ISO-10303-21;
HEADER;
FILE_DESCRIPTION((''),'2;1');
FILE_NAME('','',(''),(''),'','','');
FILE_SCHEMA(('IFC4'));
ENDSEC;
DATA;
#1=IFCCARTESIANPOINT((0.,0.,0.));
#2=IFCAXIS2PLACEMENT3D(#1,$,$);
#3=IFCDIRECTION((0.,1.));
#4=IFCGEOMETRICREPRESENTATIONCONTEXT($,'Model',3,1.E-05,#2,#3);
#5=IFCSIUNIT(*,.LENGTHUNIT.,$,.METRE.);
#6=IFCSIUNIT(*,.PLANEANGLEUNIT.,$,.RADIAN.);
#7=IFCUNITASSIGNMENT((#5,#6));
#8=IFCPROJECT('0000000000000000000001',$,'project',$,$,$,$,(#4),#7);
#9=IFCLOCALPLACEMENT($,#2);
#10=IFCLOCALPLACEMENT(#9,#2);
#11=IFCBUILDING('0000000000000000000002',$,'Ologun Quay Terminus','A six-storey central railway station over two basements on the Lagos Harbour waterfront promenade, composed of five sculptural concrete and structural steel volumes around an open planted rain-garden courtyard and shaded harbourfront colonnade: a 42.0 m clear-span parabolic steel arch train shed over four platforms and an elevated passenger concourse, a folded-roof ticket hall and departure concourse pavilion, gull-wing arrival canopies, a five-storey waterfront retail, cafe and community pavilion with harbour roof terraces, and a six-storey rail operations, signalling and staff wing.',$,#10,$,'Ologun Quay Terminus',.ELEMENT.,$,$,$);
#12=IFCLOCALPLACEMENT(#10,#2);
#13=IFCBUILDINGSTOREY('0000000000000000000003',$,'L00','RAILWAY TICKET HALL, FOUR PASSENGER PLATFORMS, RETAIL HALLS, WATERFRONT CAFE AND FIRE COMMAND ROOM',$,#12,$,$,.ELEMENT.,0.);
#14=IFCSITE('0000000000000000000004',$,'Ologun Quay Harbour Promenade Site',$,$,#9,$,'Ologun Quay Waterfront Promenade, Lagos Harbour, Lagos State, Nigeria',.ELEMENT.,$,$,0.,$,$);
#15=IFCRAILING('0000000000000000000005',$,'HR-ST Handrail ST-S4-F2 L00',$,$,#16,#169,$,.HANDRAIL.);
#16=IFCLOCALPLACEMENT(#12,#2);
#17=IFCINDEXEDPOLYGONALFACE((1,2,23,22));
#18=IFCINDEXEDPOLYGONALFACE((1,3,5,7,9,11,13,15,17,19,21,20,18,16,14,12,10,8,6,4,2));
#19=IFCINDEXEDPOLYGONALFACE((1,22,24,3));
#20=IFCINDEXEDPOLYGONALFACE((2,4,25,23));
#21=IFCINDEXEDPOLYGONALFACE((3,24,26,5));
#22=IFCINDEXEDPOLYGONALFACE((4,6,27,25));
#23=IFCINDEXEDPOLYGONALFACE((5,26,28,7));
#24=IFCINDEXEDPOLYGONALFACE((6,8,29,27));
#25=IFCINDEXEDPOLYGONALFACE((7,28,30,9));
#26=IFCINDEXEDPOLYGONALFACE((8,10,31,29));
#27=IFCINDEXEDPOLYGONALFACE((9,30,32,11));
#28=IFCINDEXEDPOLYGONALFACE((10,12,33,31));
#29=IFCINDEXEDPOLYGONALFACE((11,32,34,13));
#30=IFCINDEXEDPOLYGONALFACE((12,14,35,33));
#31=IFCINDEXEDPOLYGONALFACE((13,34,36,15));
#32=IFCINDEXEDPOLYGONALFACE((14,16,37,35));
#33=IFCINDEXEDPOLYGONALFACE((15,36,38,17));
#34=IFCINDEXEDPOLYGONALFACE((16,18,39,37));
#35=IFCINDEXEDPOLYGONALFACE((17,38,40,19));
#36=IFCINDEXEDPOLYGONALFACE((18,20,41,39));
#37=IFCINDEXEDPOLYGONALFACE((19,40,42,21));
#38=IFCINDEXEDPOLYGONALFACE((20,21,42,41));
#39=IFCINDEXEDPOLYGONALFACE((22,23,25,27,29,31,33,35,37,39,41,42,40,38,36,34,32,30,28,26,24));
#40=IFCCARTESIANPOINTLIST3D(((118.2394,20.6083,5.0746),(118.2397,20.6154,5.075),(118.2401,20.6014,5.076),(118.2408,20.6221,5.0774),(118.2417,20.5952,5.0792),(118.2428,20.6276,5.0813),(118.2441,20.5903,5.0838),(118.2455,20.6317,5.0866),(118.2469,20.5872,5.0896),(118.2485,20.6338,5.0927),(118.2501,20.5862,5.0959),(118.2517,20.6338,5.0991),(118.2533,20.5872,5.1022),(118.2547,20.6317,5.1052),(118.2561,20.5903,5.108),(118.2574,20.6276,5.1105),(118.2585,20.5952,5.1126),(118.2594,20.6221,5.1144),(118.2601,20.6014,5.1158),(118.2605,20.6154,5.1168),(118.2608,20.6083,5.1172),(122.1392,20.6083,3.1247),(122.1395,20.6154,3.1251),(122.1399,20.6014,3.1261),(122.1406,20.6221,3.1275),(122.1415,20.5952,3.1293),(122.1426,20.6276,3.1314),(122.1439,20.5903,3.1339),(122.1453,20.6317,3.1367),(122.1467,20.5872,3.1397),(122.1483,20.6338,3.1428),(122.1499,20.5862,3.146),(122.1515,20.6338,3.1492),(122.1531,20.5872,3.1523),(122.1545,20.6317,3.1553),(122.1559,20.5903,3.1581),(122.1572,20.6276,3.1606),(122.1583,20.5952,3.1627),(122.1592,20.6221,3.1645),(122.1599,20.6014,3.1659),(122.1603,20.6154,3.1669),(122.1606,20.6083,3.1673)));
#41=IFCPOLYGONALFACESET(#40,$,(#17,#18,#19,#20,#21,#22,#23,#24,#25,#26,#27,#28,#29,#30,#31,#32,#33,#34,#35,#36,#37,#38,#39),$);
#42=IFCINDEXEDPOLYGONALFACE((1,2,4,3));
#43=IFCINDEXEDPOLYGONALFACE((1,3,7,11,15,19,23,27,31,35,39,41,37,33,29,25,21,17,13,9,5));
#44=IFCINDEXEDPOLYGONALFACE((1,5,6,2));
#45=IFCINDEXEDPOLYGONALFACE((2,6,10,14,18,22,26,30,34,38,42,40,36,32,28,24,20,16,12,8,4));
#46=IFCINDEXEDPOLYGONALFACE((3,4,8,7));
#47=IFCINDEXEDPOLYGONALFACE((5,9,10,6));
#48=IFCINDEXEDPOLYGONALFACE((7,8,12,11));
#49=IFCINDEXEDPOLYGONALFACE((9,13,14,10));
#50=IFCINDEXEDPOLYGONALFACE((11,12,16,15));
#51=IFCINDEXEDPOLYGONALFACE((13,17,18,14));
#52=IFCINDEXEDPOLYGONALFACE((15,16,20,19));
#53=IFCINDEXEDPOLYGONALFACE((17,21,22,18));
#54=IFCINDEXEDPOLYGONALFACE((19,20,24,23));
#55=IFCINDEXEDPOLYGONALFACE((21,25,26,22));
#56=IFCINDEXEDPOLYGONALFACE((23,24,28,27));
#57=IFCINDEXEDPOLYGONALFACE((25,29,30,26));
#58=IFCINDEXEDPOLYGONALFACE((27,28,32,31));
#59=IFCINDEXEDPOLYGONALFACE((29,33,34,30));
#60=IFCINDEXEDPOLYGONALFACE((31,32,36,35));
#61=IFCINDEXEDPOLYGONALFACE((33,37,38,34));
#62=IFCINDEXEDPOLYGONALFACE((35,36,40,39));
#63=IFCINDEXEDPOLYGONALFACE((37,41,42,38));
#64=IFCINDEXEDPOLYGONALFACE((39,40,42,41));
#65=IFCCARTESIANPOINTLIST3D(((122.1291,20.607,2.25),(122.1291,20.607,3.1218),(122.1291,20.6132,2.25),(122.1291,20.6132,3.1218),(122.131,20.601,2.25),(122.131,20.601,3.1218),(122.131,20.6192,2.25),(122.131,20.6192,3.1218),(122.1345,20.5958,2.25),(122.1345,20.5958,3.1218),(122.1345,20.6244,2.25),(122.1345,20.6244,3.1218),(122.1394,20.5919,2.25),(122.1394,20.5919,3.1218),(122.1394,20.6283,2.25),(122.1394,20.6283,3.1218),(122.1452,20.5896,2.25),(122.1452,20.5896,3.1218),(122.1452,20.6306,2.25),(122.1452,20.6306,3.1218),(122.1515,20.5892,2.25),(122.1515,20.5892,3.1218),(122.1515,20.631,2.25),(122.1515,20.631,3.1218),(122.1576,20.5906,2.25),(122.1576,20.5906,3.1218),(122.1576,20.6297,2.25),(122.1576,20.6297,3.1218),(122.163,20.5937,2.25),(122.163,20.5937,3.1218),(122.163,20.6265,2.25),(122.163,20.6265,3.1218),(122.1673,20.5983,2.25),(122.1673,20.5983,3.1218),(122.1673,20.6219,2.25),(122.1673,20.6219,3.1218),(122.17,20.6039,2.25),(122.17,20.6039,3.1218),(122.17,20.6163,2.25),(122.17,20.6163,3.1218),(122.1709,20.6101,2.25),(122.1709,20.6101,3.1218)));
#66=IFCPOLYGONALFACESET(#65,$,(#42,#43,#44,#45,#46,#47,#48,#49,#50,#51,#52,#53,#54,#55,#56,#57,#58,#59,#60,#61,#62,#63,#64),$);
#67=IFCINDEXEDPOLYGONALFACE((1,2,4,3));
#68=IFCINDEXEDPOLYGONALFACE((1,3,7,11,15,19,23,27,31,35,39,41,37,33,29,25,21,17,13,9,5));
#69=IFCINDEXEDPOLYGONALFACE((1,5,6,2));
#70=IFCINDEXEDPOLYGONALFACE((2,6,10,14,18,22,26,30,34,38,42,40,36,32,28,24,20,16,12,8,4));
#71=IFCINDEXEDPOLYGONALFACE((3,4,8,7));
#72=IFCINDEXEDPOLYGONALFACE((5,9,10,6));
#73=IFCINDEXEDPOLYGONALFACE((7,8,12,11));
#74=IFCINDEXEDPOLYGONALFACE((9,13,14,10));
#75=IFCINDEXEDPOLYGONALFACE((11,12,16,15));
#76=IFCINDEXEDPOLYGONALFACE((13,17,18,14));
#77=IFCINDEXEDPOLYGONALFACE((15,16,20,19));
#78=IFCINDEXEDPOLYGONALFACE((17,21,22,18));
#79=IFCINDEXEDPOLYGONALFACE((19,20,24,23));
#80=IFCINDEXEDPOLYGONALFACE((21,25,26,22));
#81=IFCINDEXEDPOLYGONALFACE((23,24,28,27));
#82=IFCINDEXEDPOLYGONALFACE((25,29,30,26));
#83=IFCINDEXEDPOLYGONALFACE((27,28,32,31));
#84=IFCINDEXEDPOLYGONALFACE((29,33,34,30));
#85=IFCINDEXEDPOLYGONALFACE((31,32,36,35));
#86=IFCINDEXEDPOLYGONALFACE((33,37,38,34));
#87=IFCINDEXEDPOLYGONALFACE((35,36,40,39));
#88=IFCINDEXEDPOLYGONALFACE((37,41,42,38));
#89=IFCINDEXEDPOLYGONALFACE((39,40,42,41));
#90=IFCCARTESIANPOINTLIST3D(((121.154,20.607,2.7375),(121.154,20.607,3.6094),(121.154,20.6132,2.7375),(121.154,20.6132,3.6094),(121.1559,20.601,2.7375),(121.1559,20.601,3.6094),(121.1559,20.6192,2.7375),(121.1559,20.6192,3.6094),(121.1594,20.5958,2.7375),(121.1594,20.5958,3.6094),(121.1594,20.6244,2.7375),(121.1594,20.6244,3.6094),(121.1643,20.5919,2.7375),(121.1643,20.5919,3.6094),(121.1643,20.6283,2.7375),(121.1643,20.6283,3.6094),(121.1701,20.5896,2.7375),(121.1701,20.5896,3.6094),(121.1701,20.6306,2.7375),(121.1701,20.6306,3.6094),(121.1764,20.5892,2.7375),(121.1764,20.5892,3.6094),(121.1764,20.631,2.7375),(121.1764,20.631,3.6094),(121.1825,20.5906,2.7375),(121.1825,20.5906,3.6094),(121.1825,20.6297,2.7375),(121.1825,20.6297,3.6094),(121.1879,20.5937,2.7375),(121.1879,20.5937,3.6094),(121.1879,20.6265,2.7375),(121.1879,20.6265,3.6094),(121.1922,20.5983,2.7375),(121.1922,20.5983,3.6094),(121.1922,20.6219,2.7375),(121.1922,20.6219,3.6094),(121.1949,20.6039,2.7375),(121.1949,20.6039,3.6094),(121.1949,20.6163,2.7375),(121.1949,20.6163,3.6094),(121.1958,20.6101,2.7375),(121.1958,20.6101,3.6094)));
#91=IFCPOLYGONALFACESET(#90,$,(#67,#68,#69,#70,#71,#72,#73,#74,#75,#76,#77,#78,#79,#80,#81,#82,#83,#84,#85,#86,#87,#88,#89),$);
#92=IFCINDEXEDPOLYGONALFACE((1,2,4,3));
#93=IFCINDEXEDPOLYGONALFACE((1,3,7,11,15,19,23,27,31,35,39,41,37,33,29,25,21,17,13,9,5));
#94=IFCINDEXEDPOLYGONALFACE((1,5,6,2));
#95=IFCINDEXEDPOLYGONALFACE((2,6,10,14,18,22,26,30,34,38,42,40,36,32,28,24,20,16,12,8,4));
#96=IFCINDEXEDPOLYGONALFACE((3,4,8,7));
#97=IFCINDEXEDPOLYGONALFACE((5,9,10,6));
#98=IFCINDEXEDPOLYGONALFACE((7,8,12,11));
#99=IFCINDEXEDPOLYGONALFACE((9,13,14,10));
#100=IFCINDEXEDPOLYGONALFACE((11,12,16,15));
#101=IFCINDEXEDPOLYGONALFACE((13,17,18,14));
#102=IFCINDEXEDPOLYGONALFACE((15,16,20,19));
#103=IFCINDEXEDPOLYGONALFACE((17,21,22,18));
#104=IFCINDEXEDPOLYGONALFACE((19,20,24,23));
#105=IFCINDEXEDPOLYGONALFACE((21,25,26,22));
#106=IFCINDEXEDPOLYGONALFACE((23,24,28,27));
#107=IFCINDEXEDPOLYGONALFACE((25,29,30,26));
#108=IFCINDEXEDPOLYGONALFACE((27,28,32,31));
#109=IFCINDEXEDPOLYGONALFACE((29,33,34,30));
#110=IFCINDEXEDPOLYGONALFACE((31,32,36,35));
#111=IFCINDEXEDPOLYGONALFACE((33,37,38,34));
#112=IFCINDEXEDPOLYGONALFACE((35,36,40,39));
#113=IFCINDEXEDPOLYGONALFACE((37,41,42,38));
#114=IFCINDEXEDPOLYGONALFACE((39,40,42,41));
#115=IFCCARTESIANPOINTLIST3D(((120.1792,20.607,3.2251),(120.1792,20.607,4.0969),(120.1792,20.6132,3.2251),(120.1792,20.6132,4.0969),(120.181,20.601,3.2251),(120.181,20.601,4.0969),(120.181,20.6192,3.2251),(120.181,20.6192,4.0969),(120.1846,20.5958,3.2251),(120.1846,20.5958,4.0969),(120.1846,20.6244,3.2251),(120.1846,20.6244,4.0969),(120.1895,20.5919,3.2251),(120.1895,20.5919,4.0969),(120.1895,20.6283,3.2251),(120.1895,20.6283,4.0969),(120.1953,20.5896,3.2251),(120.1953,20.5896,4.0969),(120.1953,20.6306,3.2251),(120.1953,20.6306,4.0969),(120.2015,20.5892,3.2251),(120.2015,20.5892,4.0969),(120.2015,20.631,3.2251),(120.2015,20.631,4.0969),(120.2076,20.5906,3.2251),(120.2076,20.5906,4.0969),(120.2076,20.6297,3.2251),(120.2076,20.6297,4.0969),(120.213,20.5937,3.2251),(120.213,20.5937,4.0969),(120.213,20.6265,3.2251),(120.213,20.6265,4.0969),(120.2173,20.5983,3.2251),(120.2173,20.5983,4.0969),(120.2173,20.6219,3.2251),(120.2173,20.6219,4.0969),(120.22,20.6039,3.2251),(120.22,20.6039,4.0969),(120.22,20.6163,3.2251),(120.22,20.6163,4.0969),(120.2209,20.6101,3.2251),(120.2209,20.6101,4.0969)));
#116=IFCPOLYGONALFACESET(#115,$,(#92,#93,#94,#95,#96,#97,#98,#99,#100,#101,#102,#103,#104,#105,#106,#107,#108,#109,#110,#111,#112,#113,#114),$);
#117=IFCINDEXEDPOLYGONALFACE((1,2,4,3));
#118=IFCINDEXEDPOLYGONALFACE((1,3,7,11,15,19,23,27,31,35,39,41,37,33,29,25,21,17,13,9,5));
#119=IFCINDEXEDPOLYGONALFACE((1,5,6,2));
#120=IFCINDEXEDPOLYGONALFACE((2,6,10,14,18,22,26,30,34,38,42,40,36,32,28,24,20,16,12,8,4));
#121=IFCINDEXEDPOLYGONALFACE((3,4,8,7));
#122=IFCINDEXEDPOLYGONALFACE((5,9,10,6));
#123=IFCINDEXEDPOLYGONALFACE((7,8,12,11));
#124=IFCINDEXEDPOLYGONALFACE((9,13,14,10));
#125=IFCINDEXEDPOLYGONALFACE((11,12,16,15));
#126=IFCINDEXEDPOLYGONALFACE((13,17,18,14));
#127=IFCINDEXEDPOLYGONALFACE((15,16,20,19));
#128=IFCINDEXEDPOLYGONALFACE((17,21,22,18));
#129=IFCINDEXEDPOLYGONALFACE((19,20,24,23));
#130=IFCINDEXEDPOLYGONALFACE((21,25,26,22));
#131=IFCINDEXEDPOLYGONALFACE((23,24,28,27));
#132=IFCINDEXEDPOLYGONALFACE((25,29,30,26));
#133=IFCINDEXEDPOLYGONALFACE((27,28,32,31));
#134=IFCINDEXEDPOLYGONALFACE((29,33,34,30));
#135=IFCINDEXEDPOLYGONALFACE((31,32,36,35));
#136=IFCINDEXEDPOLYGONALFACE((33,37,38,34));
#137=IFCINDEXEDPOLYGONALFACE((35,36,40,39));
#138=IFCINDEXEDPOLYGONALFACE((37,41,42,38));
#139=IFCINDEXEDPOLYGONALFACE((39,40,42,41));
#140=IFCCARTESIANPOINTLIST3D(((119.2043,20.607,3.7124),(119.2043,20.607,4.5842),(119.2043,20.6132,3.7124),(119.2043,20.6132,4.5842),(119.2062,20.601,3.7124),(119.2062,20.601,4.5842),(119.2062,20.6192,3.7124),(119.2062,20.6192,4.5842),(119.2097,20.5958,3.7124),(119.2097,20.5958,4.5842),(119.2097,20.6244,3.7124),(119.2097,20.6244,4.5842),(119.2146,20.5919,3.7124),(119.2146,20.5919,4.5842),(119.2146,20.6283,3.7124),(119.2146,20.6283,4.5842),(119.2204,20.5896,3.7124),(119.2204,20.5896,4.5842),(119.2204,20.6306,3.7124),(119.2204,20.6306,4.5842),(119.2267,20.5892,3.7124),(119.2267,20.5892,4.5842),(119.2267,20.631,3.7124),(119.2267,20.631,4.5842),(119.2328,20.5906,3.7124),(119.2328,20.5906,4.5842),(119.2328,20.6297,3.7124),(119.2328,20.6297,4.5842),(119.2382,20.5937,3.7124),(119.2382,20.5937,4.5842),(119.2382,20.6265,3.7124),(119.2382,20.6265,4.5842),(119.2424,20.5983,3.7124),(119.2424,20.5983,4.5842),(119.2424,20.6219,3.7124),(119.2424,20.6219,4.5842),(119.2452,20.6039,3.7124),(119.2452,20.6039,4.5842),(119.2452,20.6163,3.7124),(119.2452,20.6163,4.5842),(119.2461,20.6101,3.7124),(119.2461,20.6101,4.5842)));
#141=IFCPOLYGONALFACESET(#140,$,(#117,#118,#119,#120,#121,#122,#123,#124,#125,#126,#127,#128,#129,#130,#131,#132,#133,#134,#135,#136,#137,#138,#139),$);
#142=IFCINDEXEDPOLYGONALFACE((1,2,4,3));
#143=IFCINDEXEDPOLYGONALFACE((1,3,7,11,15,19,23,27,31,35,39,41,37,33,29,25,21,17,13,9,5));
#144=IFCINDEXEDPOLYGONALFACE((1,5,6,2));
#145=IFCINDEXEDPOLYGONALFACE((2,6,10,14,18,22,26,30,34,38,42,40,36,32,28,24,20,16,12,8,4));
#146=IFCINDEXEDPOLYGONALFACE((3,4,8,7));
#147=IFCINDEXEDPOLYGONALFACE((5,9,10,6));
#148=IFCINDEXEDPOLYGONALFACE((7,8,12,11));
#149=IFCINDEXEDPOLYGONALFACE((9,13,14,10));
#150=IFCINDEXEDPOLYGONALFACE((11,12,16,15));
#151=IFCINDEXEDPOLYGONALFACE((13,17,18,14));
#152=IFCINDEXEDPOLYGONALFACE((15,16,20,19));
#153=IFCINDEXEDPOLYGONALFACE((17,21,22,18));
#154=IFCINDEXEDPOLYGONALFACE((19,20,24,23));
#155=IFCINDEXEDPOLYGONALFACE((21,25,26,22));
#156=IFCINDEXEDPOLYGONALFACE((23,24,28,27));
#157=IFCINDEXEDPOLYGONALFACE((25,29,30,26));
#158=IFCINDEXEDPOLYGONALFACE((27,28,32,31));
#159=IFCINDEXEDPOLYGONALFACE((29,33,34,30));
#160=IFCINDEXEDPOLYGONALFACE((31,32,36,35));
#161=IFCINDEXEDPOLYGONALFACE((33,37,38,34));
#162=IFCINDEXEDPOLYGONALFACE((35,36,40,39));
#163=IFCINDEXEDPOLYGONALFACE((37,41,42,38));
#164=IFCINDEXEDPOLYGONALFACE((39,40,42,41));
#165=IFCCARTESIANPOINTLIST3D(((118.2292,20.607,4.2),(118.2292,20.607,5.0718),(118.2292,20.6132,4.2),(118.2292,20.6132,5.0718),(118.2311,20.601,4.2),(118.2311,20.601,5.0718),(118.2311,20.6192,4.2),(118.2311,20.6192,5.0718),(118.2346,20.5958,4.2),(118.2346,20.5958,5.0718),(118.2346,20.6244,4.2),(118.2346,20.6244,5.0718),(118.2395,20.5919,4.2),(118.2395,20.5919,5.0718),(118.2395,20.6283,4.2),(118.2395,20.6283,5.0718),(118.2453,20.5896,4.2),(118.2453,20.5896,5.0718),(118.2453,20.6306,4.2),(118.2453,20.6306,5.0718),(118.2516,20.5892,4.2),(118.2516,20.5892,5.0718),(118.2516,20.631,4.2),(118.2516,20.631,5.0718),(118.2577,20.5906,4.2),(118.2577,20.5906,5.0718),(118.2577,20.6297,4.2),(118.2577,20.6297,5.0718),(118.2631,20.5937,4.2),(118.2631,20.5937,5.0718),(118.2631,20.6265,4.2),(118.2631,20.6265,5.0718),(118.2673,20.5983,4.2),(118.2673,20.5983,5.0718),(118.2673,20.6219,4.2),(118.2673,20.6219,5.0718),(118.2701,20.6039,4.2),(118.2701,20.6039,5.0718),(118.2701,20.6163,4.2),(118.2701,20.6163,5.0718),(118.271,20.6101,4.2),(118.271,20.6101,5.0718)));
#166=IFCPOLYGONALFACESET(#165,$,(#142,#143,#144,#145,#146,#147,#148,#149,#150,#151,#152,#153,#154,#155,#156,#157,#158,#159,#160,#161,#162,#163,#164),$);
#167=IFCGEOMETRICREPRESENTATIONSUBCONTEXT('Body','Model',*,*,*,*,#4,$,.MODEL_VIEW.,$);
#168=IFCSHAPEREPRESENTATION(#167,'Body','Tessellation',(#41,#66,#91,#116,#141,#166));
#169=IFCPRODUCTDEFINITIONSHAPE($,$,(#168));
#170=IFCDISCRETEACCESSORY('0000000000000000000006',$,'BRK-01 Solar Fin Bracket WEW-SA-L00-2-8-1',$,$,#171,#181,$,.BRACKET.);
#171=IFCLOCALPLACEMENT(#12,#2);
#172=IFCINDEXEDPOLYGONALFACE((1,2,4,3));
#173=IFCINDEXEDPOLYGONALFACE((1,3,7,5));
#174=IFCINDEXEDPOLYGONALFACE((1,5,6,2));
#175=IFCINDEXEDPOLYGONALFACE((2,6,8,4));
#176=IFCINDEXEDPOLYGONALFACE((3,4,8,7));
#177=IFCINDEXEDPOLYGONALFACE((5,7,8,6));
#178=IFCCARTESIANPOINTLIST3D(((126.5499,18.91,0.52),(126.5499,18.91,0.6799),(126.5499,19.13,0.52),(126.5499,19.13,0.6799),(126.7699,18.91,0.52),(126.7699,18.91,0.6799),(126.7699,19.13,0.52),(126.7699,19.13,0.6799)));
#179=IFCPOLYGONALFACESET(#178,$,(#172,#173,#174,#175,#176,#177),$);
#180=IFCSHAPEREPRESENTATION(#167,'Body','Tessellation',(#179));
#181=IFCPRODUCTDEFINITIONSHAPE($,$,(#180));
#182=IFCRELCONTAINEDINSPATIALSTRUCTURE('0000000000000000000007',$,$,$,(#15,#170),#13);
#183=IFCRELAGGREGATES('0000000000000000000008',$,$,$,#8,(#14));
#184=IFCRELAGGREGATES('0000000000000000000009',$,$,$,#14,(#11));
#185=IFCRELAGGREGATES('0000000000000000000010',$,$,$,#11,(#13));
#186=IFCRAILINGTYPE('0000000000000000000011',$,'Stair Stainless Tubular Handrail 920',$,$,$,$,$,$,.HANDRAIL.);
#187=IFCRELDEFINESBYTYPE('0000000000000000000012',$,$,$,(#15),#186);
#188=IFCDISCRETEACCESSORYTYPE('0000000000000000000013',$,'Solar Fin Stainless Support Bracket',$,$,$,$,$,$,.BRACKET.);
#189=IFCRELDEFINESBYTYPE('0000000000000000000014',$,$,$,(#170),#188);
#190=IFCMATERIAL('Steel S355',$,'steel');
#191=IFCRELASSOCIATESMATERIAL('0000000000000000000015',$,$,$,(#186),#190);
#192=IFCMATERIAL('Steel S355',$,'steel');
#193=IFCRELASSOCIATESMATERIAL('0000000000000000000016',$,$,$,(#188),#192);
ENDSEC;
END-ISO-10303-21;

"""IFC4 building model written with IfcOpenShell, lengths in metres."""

from ifc_helpers import new_model, si_unit, direction, frame, origin, origin_2d, place, context, subcontext, project, spatial, rectangle, circle, extrude, material, type_object, element, save


model = new_model("IFC4")

# Units and contexts
model_context = context("Model", 3, precision=1e-05, world=origin(), true_north=direction((0.0, 1.0)))
body_context = subcontext(model_context, "Body", "Model", "MODEL_VIEW")
ifc_project = project(units=[si_unit("LENGTHUNIT", "METRE"), si_unit("PLANEANGLEUNIT", "RADIAN")], contexts=[model_context])

# Site, building, storey
site_placement = place(None, origin())
site = spatial("IfcSite", under=ifc_project, at=site_placement, Name="Ologun Quay Harbour Promenade Site", LongName="Ologun Quay Waterfront Promenade, Lagos Harbour, Lagos State, Nigeria", CompositionType="ELEMENT", RefElevation=0.0)
building_placement = place(site_placement, origin())
building = spatial("IfcBuilding", under=site, at=building_placement, Name="Ologun Quay Terminus", Description="A six-storey central railway station over two basements on the Lagos Harbour waterfront promenade, composed of five sculptural concrete and structural steel volumes around an open planted rain-garden courtyard and shaded harbourfront colonnade: a 42.0 m clear-span parabolic steel arch train shed over four platforms and an elevated passenger concourse, a folded-roof ticket hall and departure concourse pavilion, gull-wing arrival canopies, a five-storey waterfront retail, cafe and community pavilion with harbour roof terraces, and a six-storey rail operations, signalling and staff wing.", LongName="Ologun Quay Terminus", CompositionType="ELEMENT")
storey_placement = place(building_placement, origin())
storey = spatial("IfcBuildingStorey", under=building, at=storey_placement, Name="L00", Description="RAILWAY TICKET HALL, FOUR PASSENGER PLATFORMS, RETAIL HALLS, WATERFRONT CAFE AND FIRE COMMAND ROOM", CompositionType="ELEMENT", Elevation=0.0)

# Railing
ifc_material_1 = material(Name="Steel S355", Category="steel")
railing_type_1 = type_object("IfcRailingType", Name="Stair Stainless Tubular Handrail 920", PredefinedType="HANDRAIL", material=ifc_material_1)
railing_1_placement = place(storey_placement, frame((122.1499, 20.6101, 2.25)))
element("IfcRailing", 1, at=railing_1_placement, inside=storey, type_object=railing_type_1, Name="HR-ST Handrail ST-S4-F2 L00", PredefinedType="HANDRAIL", context=body_context, shape_type="SweptSolid", body=[
    extrude(circle(Radius=0.0239, at=origin_2d()), frame((0.0, 0.0, 0.896), z_axis=(-0.894427, 0.0, 0.447214), x_axis=(0.0, -1.0, 0.0)), (0.0, 0.0, 1.0), 4.3601),
    extrude(circle(Radius=0.021, at=origin_2d()), origin(), (0.0, 0.0, 1.0), 0.8718),
    extrude(circle(Radius=0.021, at=origin_2d()), frame((-0.9751, 0.0, 0.4875)), (0.0, 0.0, 1.0), 0.8718),
    extrude(circle(Radius=0.021, at=origin_2d()), frame((-1.95, 0.0, 0.9751)), (0.0, 0.0, 1.0), 0.8718),
    extrude(circle(Radius=0.021, at=origin_2d()), frame((-2.9248, 0.0, 1.4624)), (0.0, 0.0, 1.0), 0.8718),
    extrude(circle(Radius=0.021, at=origin_2d()), frame((-3.8999, 0.0, 1.95)), (0.0, 0.0, 1.0), 0.8718),
])

# Discrete accessory
ifc_material_2 = material(Name="Steel S355", Category="steel")
discrete_accessory_type = type_object("IfcDiscreteAccessoryType", Name="Solar Fin Stainless Support Bracket", PredefinedType="BRACKET", material=ifc_material_2)
discrete_accessory_placement = place(storey_placement, frame((126.6599, 19.02, 0.52), z_axis=(0.0, 0.0, 1.0), x_axis=(1.0, 0.0, 0.0)))
element("IfcDiscreteAccessory", 2, at=discrete_accessory_placement, inside=storey, type_object=discrete_accessory_type, Name="BRK-01 Solar Fin Bracket WEW-SA-L00-2-8-1", PredefinedType="BRACKET", context=body_context, shape_type="SweptSolid", body=[
    extrude(rectangle(XDim=0.22, YDim=0.22, at=origin_2d()), origin(), (0.0, 0.0, 1.0), 0.1599),
])

save(model, "model.ifc")
